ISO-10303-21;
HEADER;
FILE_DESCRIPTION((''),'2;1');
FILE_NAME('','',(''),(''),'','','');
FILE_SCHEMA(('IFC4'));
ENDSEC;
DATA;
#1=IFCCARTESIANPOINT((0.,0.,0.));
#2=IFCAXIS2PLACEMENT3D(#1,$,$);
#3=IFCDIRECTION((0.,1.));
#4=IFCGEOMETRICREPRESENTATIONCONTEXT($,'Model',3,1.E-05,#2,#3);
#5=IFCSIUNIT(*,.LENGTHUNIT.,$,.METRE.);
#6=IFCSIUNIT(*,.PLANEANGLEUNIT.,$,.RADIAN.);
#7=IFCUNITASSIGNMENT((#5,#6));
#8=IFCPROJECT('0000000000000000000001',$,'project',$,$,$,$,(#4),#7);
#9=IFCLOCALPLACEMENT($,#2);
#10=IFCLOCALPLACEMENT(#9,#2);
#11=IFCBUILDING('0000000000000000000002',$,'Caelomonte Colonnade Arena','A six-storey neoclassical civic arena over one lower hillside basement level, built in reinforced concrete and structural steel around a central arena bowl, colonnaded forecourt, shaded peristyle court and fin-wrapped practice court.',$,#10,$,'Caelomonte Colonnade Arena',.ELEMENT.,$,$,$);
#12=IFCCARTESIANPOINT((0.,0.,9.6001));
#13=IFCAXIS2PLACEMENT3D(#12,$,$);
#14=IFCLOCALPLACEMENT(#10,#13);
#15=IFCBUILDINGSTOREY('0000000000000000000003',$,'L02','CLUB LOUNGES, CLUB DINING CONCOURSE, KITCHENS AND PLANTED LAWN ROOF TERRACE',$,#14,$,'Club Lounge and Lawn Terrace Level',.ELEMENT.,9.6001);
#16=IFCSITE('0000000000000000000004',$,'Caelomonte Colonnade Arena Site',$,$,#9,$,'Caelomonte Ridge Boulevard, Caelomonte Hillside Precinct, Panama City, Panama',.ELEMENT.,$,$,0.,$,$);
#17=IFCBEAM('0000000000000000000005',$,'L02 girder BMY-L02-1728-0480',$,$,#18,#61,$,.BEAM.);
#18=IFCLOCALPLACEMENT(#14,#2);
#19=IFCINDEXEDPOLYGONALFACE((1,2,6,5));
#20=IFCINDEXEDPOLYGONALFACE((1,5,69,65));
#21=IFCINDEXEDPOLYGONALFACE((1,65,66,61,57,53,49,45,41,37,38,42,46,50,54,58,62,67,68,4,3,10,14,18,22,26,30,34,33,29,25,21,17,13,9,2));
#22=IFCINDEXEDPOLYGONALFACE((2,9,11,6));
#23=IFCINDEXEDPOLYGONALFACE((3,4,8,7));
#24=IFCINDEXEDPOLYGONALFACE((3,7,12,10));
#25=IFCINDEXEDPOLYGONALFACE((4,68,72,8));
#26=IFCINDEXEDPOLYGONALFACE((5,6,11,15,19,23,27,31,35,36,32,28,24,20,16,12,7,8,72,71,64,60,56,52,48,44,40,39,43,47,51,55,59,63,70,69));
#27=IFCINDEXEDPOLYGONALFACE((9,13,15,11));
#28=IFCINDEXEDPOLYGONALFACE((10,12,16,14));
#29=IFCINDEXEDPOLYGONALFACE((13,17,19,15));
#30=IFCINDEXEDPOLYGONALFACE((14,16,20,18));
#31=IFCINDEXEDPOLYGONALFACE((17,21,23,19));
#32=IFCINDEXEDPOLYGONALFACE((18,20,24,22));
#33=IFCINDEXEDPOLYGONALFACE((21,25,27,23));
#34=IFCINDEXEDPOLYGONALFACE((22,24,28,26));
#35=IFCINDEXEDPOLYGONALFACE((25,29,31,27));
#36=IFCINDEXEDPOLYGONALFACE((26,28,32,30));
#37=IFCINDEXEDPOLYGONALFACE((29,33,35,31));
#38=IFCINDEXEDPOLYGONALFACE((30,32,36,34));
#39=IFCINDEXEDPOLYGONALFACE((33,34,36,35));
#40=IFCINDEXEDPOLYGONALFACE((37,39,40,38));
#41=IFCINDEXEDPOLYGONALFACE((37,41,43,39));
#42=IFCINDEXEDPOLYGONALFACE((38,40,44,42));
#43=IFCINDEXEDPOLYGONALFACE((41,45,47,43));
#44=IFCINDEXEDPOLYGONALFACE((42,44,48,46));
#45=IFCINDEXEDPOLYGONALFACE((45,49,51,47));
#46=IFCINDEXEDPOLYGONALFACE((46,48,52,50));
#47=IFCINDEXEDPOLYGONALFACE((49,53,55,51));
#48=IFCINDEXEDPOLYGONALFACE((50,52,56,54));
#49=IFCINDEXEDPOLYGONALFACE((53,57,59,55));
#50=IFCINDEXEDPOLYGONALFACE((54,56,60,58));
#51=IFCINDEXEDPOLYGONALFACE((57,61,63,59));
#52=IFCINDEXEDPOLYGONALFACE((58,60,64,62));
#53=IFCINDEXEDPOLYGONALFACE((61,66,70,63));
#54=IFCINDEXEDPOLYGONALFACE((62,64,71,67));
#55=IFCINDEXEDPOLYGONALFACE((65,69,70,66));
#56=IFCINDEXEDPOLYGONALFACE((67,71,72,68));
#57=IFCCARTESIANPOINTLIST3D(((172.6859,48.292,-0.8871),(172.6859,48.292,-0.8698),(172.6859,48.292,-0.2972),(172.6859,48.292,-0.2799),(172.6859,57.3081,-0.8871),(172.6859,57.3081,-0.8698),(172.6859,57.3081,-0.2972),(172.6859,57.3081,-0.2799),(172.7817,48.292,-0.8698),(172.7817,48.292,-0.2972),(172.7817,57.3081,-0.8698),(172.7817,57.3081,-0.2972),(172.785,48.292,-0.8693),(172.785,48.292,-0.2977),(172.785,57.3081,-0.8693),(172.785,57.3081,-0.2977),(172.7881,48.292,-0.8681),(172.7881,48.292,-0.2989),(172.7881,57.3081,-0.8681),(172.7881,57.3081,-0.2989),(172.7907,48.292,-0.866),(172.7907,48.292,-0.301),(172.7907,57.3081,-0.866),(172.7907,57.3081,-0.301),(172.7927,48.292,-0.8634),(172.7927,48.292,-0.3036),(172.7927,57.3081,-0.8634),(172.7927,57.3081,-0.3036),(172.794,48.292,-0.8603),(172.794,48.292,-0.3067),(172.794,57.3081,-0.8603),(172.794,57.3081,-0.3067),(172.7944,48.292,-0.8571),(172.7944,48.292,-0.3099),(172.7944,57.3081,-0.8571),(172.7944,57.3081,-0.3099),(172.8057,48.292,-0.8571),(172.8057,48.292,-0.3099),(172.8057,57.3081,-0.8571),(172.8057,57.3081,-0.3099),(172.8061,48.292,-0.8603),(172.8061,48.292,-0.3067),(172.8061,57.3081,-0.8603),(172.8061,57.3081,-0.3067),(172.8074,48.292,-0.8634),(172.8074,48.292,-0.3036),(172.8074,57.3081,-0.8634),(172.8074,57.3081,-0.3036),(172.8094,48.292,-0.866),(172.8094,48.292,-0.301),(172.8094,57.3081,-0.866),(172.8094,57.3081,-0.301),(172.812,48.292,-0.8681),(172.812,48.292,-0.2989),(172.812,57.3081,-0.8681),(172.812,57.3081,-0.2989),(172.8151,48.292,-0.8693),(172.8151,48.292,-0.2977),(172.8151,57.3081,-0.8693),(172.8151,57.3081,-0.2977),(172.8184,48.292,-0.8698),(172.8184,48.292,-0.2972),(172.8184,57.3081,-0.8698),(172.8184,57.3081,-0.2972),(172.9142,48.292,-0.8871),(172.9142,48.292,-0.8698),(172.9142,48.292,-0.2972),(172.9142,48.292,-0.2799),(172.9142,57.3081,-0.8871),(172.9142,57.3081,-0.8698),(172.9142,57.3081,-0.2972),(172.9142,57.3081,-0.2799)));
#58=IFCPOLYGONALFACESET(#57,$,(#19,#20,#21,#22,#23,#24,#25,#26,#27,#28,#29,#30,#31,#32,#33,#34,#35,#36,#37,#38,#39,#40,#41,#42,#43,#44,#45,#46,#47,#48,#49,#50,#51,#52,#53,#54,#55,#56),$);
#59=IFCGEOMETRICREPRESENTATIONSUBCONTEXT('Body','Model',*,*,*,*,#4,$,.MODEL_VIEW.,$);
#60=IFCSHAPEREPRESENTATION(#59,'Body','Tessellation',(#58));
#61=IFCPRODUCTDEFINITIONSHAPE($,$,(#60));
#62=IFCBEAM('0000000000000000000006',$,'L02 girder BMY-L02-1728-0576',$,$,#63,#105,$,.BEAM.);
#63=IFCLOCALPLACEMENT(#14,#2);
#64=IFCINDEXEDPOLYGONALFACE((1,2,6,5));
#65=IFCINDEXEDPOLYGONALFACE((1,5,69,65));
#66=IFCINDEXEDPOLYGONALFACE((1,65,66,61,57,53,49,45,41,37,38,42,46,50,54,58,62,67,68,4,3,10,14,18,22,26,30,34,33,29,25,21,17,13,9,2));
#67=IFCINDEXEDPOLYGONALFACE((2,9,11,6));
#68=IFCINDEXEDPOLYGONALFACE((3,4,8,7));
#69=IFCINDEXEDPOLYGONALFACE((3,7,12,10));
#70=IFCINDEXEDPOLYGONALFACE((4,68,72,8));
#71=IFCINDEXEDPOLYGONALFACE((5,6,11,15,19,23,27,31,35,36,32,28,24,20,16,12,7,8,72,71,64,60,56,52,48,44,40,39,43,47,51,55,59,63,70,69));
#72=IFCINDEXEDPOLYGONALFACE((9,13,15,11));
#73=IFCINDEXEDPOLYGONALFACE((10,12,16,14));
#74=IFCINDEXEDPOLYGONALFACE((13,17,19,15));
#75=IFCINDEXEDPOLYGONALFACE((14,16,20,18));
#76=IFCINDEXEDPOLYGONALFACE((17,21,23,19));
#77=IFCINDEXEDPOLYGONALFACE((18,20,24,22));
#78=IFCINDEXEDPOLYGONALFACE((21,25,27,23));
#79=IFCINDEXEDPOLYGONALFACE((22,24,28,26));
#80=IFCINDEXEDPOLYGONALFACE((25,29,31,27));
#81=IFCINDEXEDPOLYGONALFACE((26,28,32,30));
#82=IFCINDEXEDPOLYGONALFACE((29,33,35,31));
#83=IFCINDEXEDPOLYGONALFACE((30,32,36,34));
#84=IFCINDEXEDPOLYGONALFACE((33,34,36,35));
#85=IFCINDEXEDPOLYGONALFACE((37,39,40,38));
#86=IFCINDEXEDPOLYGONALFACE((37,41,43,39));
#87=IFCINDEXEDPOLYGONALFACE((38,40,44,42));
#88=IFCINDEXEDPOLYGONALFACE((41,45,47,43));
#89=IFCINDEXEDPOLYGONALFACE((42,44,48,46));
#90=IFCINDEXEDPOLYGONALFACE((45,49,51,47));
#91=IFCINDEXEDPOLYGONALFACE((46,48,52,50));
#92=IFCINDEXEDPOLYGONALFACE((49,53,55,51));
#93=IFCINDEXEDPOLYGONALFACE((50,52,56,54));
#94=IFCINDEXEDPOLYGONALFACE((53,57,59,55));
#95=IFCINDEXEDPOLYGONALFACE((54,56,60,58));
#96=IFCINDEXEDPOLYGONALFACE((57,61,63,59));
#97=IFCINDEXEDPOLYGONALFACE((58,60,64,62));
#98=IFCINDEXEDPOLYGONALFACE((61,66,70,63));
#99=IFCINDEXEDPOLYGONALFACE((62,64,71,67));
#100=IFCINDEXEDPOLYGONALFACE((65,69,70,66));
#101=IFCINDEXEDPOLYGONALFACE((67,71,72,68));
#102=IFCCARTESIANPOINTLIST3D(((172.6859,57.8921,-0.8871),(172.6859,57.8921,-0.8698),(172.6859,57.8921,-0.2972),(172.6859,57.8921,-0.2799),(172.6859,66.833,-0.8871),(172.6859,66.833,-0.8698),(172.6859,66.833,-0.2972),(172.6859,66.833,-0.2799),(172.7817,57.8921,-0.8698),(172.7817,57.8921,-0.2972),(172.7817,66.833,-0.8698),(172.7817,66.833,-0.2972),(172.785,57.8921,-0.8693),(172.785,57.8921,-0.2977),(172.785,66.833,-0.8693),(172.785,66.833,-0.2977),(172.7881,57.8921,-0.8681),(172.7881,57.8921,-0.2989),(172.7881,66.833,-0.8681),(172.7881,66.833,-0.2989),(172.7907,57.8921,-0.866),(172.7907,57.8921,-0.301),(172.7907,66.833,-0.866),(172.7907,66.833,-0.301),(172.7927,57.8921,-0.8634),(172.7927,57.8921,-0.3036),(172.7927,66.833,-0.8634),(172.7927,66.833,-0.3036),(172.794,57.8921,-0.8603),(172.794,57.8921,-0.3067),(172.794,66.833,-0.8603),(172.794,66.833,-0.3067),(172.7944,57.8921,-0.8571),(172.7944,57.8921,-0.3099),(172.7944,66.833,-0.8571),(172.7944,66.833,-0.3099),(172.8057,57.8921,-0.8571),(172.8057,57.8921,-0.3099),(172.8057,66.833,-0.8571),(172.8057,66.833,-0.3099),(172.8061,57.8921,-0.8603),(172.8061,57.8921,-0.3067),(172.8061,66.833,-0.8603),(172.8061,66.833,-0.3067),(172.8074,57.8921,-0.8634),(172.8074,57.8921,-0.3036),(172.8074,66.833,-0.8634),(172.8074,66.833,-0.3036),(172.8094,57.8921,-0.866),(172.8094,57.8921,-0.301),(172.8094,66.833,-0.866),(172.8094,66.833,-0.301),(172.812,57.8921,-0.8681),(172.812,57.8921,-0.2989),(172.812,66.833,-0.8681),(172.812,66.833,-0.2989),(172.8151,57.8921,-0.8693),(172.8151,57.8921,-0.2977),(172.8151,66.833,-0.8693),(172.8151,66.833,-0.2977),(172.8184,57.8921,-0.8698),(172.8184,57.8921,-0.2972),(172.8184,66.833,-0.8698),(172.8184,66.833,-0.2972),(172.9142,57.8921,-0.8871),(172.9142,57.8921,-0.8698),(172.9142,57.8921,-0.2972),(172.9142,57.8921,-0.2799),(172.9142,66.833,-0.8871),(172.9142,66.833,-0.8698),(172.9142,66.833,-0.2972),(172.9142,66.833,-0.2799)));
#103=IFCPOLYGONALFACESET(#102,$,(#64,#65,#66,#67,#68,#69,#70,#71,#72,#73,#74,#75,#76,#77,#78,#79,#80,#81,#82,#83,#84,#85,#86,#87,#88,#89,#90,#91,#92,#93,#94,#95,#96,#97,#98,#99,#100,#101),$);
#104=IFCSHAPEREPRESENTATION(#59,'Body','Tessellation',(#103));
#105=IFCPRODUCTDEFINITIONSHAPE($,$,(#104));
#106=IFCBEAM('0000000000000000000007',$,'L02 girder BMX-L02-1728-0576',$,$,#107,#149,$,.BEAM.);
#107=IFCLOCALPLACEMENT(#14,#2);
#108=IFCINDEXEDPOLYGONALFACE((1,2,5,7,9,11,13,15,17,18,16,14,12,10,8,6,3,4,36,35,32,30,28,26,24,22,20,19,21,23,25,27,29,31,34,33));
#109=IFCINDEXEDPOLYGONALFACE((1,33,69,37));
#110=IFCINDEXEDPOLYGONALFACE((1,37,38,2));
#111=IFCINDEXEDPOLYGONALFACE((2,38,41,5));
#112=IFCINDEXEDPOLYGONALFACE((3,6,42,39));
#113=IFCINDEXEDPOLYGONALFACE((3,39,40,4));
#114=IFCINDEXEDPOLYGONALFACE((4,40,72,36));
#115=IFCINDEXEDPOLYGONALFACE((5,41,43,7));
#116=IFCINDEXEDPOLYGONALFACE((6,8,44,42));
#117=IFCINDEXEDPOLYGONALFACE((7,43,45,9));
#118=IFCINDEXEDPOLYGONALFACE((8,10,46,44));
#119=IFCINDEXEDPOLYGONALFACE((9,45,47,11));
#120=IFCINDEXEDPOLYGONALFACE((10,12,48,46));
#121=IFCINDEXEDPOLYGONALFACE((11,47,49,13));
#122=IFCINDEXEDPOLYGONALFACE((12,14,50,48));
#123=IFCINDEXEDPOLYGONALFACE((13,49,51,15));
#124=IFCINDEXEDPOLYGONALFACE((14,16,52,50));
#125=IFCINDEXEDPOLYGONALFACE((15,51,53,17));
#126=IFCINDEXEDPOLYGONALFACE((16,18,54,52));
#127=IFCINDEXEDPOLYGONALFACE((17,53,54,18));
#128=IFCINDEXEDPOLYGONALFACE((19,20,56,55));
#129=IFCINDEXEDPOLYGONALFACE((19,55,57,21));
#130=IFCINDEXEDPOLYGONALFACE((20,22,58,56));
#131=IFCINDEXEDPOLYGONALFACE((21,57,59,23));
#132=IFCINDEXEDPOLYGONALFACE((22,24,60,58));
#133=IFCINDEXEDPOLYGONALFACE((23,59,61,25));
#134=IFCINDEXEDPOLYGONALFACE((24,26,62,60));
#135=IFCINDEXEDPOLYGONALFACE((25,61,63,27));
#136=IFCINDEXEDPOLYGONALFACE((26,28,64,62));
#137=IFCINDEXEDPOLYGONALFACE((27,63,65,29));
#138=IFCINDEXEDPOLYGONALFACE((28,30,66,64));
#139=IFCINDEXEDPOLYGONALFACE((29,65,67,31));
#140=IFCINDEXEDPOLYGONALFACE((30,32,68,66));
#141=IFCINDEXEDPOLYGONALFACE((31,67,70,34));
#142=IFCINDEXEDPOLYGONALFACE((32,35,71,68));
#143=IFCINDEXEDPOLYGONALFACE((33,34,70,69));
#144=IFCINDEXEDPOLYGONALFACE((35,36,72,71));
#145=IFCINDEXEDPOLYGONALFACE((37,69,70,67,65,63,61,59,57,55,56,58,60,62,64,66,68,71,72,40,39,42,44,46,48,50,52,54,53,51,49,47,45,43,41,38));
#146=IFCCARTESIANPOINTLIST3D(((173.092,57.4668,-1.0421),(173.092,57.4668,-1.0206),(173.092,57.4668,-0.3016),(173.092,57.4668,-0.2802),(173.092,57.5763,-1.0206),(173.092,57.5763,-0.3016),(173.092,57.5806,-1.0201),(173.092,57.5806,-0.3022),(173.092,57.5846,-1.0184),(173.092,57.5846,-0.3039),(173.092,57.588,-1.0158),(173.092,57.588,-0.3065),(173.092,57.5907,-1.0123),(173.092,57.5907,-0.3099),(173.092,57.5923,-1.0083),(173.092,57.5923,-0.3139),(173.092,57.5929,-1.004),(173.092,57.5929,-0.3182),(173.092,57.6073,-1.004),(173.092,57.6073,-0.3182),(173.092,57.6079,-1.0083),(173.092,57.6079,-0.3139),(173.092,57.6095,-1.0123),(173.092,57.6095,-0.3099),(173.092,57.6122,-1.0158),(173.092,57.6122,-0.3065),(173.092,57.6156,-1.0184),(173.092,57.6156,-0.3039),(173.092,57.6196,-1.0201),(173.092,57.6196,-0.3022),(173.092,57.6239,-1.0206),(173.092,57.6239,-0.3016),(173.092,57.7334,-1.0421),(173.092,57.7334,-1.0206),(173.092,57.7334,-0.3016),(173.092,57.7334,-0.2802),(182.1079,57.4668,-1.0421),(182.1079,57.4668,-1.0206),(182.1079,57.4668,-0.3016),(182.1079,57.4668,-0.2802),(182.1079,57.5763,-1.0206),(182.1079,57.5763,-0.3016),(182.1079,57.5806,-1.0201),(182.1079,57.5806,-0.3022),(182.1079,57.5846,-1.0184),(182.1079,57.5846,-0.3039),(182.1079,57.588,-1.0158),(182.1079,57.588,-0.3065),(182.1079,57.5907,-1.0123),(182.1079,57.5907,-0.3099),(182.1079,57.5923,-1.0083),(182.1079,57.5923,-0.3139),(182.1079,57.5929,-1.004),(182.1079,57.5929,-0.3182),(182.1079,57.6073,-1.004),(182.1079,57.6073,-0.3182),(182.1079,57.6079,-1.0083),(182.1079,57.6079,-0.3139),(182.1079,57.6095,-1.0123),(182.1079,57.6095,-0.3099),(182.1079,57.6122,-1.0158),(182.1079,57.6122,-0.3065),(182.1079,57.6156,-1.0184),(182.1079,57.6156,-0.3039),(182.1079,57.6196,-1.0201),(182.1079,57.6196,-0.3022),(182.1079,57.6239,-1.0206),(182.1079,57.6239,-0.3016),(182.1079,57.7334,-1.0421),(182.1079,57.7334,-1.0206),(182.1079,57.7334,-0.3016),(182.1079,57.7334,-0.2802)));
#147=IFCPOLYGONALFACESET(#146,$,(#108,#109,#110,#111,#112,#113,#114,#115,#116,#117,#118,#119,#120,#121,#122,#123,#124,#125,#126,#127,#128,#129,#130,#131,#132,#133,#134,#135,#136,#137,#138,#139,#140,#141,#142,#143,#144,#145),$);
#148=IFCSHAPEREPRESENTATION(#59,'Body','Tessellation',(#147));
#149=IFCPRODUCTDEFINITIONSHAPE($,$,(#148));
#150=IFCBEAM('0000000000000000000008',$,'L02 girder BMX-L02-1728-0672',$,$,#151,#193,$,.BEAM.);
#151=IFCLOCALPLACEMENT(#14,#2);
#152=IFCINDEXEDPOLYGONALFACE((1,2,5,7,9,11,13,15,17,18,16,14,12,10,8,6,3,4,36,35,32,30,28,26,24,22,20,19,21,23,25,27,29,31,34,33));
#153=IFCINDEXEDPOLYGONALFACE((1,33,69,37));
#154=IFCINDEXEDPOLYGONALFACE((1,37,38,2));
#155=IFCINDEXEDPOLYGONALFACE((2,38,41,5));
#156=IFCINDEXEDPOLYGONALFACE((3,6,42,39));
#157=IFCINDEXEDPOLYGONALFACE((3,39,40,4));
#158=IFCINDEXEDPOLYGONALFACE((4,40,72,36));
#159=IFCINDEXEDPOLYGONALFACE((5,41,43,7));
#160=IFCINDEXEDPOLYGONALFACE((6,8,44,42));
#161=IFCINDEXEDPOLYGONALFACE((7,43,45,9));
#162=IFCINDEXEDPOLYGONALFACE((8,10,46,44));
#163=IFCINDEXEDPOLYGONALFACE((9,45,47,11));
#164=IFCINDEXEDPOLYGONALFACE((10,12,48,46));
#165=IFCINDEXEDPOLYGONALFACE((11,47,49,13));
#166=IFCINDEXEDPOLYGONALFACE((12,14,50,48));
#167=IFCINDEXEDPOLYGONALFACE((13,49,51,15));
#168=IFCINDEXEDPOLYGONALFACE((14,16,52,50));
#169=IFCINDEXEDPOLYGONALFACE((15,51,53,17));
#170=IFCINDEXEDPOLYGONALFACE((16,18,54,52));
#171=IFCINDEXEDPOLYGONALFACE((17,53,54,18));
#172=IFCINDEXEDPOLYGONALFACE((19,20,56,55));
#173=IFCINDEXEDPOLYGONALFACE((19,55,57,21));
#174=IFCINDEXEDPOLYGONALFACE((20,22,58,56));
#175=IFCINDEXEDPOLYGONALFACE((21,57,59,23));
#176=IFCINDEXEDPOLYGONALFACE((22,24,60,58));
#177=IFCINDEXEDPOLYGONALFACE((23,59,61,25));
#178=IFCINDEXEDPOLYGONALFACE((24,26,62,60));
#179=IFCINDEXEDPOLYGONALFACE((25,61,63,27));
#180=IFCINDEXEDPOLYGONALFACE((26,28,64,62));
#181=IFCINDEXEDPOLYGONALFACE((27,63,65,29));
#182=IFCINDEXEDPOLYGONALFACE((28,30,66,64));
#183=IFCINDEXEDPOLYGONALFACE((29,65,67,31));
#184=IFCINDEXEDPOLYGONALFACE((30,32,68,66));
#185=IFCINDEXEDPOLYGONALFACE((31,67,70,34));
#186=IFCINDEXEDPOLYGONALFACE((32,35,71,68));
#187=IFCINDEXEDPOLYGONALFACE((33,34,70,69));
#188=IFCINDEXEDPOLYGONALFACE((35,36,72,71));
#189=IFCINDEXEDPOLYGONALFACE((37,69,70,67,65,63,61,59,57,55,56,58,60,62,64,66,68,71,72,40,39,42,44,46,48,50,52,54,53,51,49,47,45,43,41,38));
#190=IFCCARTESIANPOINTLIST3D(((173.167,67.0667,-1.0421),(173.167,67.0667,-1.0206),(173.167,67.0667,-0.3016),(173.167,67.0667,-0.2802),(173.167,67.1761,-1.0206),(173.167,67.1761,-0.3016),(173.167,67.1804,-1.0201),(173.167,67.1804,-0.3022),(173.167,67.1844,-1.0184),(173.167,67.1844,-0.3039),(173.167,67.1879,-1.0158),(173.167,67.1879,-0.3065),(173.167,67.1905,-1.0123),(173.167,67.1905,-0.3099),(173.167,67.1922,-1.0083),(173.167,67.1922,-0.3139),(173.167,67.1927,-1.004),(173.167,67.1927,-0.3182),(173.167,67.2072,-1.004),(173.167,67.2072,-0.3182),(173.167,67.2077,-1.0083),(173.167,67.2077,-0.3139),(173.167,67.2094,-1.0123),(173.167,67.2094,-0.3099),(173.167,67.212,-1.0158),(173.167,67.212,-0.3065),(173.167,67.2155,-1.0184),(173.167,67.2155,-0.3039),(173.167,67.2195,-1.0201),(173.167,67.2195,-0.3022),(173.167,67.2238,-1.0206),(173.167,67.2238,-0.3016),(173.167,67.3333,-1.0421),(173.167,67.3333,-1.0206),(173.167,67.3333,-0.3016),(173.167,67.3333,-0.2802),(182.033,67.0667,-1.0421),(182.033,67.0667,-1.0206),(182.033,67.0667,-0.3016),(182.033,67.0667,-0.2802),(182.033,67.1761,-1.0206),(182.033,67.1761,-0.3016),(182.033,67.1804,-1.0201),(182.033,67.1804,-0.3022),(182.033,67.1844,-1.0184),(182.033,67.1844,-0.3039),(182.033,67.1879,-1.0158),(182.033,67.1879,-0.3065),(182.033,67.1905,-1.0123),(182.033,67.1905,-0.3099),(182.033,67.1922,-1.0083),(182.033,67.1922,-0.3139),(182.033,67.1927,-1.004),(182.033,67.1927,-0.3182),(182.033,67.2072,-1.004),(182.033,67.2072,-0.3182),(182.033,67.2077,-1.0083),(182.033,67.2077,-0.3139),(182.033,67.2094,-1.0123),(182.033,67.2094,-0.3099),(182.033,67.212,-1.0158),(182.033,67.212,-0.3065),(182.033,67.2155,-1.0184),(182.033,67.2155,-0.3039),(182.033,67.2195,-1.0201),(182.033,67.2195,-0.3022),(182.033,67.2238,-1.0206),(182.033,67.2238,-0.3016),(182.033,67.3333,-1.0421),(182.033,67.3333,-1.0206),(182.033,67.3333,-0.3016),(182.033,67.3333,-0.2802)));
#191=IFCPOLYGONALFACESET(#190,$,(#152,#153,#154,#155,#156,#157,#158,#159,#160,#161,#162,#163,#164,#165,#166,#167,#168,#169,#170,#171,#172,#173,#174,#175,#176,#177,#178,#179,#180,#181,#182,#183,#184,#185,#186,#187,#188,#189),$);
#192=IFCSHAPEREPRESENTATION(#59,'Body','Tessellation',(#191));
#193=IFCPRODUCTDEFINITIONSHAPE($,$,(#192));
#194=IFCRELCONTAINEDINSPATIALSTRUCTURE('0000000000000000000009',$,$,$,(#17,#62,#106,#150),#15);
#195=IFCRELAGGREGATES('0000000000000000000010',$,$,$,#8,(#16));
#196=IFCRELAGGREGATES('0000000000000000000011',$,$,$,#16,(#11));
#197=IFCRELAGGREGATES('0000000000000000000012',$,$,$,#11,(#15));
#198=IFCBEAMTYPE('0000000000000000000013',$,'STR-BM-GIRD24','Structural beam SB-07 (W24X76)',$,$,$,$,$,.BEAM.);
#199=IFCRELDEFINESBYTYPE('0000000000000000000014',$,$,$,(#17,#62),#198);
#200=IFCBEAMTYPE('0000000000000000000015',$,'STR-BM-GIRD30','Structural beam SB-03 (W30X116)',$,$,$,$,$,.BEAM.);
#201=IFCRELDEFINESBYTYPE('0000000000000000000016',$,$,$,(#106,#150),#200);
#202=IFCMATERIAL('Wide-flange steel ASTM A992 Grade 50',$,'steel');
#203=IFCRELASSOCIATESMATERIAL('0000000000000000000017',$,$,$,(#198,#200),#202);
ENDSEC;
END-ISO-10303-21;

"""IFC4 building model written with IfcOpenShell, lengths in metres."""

from ifc_helpers import new_model, si_unit, direction, frame, origin, origin_2d, place, context, subcontext, project, spatial, i_section, extrude, material, material_profile, profile_set, type_object, element, save


model = new_model("IFC4")

# Units and contexts
model_context = context("Model", 3, precision=1e-05, world=origin(), true_north=direction((0.0, 1.0)))
body_context = subcontext(model_context, "Body", "Model", "MODEL_VIEW")
ifc_project = project(units=[si_unit("LENGTHUNIT", "METRE"), si_unit("PLANEANGLEUNIT", "RADIAN")], contexts=[model_context])

# Site, building, storey
site_placement = place(None, origin())
site = spatial("IfcSite", under=ifc_project, at=site_placement, Name="Caelomonte Colonnade Arena Site", LongName="Caelomonte Ridge Boulevard, Caelomonte Hillside Precinct, Panama City, Panama", CompositionType="ELEMENT", RefElevation=0.0)
building_placement = place(site_placement, origin())
building = spatial("IfcBuilding", under=site, at=building_placement, Name="Caelomonte Colonnade Arena", Description="A six-storey neoclassical civic arena over one lower hillside basement level, built in reinforced concrete and structural steel around a central arena bowl, colonnaded forecourt, shaded peristyle court and fin-wrapped practice court.", LongName="Caelomonte Colonnade Arena", CompositionType="ELEMENT")
storey_placement = place(building_placement, frame((0.0, 0.0, 9.6001)))
storey = spatial("IfcBuildingStorey", under=building, at=storey_placement, Name="L02", Description="CLUB LOUNGES, CLUB DINING CONCOURSE, KITCHENS AND PLANTED LAWN ROOF TERRACE", LongName="Club Lounge and Lawn Terrace Level", CompositionType="ELEMENT", Elevation=9.6001)

# Beams
ifc_material_1 = material(Name="Wide-flange steel ASTM A992 Grade 50", Category="steel")
ifc_material_profile_1 = material_profile(ifc_material_1, i_section(OverallWidth=0.2283, OverallDepth=0.6072, WebThickness=0.0112, FlangeThickness=0.0173, FilletRadius=0.0127, at=origin_2d()), Name="W24X76")
ifc_profile_set_1 = profile_set([ifc_material_profile_1], Name="Wide-flange steel ASTM A992 Grade 50")
beam_type_1 = type_object("IfcBeamType", Name="STR-BM-GIRD24", Description="Structural beam SB-07 (W24X76)", PredefinedType="BEAM", material=ifc_profile_set_1)
beam_1_placement = place(storey_placement, frame((172.8, 48.292, -0.5835), z_axis=(0.0, 1.0, 0.0), x_axis=(-1.0, 0.0, 0.0)))
element("IfcBeam", 1, at=beam_1_placement, inside=storey, type_object=beam_type_1, Name="L02 girder BMY-L02-1728-0480", PredefinedType="BEAM", context=body_context, shape_type="SweptSolid", body=[
    extrude(i_section(OverallWidth=0.2283, OverallDepth=0.6072, WebThickness=0.0112, FlangeThickness=0.0173, FilletRadius=0.0127, at=origin_2d()), origin(), (0.0, 0.0, 1.0), 9.0161),
])
beam_2_placement = place(storey_placement, frame((172.8, 57.8921, -0.5835), z_axis=(0.0, 1.0, 0.0), x_axis=(-1.0, 0.0, 0.0)))
element("IfcBeam", 2, at=beam_2_placement, inside=storey, type_object=beam_type_1, Name="L02 girder BMY-L02-1728-0576", PredefinedType="BEAM", context=body_context, shape_type="SweptSolid", body=[
    extrude(i_section(OverallWidth=0.2283, OverallDepth=0.6072, WebThickness=0.0112, FlangeThickness=0.0173, FilletRadius=0.0127, at=origin_2d()), origin(), (0.0, 0.0, 1.0), 8.9409),
])
ifc_material_profile_2 = material_profile(ifc_material_1, i_section(OverallWidth=0.2666, OverallDepth=0.762, WebThickness=0.0144, FlangeThickness=0.0215, FilletRadius=0.0166, at=origin_2d()), Name="W30X116")
ifc_profile_set_2 = profile_set([ifc_material_profile_2], Name="Wide-flange steel ASTM A992 Grade 50")
beam_type_2 = type_object("IfcBeamType", Name="STR-BM-GIRD30", Description="Structural beam SB-03 (W30X116)", PredefinedType="BEAM", material=ifc_profile_set_2)
beam_3_placement = place(storey_placement, frame((173.092, 57.6001, -0.6611), z_axis=(1.0, 0.0, 0.0), x_axis=(0.0, 1.0, 0.0)))
element("IfcBeam", 3, at=beam_3_placement, inside=storey, type_object=beam_type_2, Name="L02 girder BMX-L02-1728-0576", PredefinedType="BEAM", context=body_context, shape_type="SweptSolid", body=[
    extrude(i_section(OverallWidth=0.2666, OverallDepth=0.762, WebThickness=0.0144, FlangeThickness=0.0215, FilletRadius=0.0166, at=origin_2d()), origin(), (0.0, 0.0, 1.0), 9.0159),
])
beam_4_placement = place(storey_placement, frame((173.167, 67.2, -0.6611), z_axis=(1.0, 0.0, 0.0), x_axis=(0.0, 1.0, 0.0)))
element("IfcBeam", 4, at=beam_4_placement, inside=storey, type_object=beam_type_2, Name="L02 girder BMX-L02-1728-0672", PredefinedType="BEAM", context=body_context, shape_type="SweptSolid", body=[
    extrude(i_section(OverallWidth=0.2666, OverallDepth=0.762, WebThickness=0.0144, FlangeThickness=0.0215, FilletRadius=0.0166, at=origin_2d()), origin(), (0.0, 0.0, 1.0), 8.866),
])

save(model, "model.ifc")
